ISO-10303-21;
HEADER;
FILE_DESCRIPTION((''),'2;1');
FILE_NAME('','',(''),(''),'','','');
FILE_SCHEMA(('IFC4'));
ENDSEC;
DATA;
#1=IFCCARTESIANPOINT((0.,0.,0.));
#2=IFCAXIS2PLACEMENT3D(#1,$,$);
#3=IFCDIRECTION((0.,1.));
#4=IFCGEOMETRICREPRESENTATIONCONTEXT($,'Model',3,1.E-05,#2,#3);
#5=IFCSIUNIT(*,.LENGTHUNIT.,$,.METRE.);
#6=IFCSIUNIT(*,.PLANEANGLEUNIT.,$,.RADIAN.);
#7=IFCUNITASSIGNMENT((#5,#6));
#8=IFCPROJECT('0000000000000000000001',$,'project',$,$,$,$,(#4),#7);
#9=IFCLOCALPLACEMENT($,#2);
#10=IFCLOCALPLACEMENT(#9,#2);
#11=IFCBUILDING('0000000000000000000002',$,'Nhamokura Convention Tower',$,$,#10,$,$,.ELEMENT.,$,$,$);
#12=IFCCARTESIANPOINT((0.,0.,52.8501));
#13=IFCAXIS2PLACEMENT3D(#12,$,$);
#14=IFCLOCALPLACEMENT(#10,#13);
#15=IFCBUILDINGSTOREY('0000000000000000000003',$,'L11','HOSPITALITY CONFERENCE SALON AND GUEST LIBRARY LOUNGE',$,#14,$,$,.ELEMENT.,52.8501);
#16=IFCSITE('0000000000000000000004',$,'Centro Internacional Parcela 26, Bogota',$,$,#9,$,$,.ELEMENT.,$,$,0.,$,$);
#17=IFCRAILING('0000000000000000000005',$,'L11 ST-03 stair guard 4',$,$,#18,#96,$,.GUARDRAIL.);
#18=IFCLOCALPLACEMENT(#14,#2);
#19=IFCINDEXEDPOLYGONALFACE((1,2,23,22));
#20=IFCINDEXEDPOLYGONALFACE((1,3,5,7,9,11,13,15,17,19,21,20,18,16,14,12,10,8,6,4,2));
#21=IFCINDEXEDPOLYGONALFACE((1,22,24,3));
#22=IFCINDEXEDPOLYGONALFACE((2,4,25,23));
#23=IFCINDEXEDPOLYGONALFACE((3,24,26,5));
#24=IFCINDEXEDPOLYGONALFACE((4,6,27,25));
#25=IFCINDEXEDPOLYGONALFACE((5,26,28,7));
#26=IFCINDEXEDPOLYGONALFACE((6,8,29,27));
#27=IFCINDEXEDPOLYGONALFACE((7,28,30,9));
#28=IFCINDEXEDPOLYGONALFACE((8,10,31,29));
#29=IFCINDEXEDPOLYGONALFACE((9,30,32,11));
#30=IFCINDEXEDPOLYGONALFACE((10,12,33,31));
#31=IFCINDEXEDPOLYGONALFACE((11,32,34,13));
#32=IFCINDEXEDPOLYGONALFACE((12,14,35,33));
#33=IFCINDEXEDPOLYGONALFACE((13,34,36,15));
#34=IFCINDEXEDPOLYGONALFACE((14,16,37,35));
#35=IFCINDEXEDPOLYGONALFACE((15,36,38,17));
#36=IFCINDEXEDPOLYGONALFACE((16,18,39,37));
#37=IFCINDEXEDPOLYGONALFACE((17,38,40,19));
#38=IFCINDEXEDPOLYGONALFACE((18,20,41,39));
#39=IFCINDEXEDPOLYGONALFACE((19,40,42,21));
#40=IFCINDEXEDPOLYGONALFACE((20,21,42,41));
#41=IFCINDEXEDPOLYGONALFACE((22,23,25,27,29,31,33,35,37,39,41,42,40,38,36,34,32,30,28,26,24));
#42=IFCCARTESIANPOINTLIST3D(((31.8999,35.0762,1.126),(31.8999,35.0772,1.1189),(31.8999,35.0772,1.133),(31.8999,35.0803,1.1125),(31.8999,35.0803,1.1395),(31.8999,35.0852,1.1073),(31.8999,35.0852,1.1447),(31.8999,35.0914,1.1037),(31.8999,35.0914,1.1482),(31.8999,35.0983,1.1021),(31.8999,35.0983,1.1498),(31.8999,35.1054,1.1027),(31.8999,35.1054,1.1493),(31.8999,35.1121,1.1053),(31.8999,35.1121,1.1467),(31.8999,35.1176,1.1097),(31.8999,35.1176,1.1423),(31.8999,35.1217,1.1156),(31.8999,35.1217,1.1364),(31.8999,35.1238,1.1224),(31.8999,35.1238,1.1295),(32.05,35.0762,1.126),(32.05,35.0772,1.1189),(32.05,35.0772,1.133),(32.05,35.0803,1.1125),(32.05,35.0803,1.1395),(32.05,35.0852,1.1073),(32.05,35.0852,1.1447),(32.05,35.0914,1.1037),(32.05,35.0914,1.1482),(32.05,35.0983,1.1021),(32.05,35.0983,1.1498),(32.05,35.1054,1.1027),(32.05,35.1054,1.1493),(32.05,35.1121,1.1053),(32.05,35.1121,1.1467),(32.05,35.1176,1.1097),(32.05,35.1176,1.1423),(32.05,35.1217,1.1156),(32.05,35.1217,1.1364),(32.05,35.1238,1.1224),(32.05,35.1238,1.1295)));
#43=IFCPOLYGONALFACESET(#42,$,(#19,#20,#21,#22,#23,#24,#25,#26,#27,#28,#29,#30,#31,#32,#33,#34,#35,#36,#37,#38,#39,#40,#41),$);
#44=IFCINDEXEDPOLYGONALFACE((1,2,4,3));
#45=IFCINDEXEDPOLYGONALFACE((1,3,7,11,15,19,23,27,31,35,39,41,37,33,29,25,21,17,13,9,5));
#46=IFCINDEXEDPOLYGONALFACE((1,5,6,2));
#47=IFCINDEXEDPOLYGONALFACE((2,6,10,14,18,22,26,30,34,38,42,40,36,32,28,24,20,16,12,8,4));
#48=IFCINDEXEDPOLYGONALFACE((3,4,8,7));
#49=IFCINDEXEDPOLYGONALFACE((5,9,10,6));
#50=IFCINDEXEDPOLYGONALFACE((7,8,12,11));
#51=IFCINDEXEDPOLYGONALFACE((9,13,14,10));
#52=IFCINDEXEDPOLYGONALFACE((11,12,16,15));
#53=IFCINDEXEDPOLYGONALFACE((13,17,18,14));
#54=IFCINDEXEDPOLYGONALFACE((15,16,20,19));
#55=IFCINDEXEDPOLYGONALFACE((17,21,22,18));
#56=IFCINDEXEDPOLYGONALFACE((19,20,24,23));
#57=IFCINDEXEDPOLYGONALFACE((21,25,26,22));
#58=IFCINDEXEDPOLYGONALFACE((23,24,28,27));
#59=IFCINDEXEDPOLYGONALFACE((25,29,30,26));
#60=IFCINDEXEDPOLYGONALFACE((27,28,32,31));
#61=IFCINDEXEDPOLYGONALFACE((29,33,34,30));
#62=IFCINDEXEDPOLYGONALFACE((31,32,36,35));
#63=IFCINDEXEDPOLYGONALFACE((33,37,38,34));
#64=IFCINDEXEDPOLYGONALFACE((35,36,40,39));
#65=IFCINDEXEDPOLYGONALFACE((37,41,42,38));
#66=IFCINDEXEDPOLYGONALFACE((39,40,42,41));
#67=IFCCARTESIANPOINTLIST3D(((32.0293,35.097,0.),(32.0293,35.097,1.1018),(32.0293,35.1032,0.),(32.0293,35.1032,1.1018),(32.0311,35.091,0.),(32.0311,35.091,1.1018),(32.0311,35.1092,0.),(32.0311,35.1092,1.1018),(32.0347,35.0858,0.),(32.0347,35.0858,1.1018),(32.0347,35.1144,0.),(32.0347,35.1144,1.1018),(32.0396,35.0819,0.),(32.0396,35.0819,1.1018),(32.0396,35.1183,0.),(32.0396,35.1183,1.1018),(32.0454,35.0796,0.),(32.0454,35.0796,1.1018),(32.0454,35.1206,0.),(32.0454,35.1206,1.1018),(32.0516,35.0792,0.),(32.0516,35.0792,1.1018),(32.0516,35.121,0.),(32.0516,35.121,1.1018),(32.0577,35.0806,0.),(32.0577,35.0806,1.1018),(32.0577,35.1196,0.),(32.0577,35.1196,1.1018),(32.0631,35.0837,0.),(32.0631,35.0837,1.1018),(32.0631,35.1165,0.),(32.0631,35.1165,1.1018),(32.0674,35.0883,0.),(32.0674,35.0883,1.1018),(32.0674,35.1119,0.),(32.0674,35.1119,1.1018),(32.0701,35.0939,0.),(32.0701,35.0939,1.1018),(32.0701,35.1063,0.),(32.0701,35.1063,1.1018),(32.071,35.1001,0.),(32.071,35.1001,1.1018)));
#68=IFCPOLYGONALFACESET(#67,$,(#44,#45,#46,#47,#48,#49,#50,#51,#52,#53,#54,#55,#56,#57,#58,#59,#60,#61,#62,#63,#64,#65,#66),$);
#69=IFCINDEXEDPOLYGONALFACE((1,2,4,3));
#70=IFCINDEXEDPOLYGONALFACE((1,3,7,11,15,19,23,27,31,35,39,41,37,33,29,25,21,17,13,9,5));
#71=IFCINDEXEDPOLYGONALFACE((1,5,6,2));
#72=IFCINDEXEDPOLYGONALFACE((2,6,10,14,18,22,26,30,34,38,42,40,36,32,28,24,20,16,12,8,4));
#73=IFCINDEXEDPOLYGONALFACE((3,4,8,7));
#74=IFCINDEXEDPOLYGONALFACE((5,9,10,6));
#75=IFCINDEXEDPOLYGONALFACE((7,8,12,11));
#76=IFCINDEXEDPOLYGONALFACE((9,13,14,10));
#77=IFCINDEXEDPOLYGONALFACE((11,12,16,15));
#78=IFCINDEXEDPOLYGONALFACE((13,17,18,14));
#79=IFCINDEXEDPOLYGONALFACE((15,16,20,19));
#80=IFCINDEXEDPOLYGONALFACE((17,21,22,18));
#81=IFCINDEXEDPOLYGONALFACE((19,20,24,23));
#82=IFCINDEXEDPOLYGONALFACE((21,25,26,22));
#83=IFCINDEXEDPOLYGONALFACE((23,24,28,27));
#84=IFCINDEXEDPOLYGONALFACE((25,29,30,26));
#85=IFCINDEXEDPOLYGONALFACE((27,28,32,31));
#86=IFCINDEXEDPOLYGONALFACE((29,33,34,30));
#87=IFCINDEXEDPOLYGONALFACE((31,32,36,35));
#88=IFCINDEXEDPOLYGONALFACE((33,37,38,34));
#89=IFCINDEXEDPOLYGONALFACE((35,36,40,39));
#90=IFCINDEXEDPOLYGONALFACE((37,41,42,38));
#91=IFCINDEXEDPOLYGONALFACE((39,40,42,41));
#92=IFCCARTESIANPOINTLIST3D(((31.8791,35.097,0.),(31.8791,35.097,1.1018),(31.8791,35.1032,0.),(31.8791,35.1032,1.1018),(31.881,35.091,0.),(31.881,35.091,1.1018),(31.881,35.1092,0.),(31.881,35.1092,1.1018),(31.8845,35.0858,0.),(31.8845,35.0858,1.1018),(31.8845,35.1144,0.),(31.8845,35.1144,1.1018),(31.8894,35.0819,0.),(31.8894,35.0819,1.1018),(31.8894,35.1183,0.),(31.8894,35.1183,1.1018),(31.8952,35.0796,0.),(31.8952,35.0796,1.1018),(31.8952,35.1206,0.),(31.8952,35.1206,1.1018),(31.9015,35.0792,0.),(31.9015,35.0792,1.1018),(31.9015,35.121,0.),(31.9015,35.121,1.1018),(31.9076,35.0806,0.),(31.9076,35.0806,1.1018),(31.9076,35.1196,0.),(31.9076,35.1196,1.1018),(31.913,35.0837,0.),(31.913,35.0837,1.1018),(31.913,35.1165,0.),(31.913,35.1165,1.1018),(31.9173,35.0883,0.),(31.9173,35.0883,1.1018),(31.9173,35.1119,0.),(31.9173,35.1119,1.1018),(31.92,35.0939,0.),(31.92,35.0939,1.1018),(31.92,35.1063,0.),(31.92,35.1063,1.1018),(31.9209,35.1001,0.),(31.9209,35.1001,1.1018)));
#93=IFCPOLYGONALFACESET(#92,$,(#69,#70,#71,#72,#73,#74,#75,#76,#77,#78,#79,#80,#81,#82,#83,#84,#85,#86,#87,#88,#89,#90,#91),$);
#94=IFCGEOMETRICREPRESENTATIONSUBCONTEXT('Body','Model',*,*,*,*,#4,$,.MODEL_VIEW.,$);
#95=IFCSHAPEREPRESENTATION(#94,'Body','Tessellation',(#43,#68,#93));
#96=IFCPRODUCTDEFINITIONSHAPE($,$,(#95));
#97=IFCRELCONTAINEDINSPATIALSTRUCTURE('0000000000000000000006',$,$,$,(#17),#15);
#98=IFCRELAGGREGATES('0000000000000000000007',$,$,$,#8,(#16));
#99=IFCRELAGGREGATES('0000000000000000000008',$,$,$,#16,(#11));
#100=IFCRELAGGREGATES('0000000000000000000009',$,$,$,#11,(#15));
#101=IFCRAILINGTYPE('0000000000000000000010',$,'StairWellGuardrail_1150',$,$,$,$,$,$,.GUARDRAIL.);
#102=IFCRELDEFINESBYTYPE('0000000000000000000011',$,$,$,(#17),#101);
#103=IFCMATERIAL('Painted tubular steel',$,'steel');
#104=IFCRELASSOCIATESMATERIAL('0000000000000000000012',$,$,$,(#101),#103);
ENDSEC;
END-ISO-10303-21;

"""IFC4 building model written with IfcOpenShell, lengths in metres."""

from ifc_helpers import new_model, si_unit, direction, frame, origin, origin_2d, place, context, subcontext, project, spatial, circle, extrude, material, type_object, element, save


model = new_model("IFC4")

# Units and contexts
model_context = context("Model", 3, precision=1e-05, world=origin(), true_north=direction((0.0, 1.0)))
body_context = subcontext(model_context, "Body", "Model", "MODEL_VIEW")
ifc_project = project(units=[si_unit("LENGTHUNIT", "METRE"), si_unit("PLANEANGLEUNIT", "RADIAN")], contexts=[model_context])

# Site, building, storey
site_placement = place(None, origin())
site = spatial("IfcSite", under=ifc_project, at=site_placement, Name="Centro Internacional Parcela 26, Bogota", CompositionType="ELEMENT", RefElevation=0.0)
building_placement = place(site_placement, origin())
building = spatial("IfcBuilding", under=site, at=building_placement, Name="Nhamokura Convention Tower", CompositionType="ELEMENT")
storey_placement = place(building_placement, frame((0.0, 0.0, 52.8501)))
storey = spatial("IfcBuildingStorey", under=building, at=storey_placement, Name="L11", Description="HOSPITALITY CONFERENCE SALON AND GUEST LIBRARY LOUNGE", CompositionType="ELEMENT", Elevation=52.8501)

# Railing
ifc_material_1 = material(Name="Painted tubular steel", Category="steel")
railing_type_1 = type_object("IfcRailingType", Name="StairWellGuardrail_1150", PredefinedType="GUARDRAIL", material=ifc_material_1)
railing_1_placement = place(storey_placement, frame((32.05, 35.1001, 0.0)))
element("IfcRailing", 1, at=railing_1_placement, inside=storey, type_object=railing_type_1, Name="L11 ST-03 stair guard 4", PredefinedType="GUARDRAIL", context=body_context, shape_type="SweptSolid", body=[
    extrude(circle(Radius=0.0239, at=origin_2d()), frame((0.0, 0.0, 1.126), z_axis=(-1.0, 0.0, 0.0), x_axis=(0.0, -1.0, 0.0)), (0.0, 0.0, 1.0), 0.1501),
    extrude(circle(Radius=0.021, at=origin_2d()), origin(), (0.0, 0.0, 1.0), 1.1018),
    extrude(circle(Radius=0.021, at=origin_2d()), frame((-0.1501, 0.0, 0.0)), (0.0, 0.0, 1.0), 1.1018),
])

save(model, "model.ifc")
